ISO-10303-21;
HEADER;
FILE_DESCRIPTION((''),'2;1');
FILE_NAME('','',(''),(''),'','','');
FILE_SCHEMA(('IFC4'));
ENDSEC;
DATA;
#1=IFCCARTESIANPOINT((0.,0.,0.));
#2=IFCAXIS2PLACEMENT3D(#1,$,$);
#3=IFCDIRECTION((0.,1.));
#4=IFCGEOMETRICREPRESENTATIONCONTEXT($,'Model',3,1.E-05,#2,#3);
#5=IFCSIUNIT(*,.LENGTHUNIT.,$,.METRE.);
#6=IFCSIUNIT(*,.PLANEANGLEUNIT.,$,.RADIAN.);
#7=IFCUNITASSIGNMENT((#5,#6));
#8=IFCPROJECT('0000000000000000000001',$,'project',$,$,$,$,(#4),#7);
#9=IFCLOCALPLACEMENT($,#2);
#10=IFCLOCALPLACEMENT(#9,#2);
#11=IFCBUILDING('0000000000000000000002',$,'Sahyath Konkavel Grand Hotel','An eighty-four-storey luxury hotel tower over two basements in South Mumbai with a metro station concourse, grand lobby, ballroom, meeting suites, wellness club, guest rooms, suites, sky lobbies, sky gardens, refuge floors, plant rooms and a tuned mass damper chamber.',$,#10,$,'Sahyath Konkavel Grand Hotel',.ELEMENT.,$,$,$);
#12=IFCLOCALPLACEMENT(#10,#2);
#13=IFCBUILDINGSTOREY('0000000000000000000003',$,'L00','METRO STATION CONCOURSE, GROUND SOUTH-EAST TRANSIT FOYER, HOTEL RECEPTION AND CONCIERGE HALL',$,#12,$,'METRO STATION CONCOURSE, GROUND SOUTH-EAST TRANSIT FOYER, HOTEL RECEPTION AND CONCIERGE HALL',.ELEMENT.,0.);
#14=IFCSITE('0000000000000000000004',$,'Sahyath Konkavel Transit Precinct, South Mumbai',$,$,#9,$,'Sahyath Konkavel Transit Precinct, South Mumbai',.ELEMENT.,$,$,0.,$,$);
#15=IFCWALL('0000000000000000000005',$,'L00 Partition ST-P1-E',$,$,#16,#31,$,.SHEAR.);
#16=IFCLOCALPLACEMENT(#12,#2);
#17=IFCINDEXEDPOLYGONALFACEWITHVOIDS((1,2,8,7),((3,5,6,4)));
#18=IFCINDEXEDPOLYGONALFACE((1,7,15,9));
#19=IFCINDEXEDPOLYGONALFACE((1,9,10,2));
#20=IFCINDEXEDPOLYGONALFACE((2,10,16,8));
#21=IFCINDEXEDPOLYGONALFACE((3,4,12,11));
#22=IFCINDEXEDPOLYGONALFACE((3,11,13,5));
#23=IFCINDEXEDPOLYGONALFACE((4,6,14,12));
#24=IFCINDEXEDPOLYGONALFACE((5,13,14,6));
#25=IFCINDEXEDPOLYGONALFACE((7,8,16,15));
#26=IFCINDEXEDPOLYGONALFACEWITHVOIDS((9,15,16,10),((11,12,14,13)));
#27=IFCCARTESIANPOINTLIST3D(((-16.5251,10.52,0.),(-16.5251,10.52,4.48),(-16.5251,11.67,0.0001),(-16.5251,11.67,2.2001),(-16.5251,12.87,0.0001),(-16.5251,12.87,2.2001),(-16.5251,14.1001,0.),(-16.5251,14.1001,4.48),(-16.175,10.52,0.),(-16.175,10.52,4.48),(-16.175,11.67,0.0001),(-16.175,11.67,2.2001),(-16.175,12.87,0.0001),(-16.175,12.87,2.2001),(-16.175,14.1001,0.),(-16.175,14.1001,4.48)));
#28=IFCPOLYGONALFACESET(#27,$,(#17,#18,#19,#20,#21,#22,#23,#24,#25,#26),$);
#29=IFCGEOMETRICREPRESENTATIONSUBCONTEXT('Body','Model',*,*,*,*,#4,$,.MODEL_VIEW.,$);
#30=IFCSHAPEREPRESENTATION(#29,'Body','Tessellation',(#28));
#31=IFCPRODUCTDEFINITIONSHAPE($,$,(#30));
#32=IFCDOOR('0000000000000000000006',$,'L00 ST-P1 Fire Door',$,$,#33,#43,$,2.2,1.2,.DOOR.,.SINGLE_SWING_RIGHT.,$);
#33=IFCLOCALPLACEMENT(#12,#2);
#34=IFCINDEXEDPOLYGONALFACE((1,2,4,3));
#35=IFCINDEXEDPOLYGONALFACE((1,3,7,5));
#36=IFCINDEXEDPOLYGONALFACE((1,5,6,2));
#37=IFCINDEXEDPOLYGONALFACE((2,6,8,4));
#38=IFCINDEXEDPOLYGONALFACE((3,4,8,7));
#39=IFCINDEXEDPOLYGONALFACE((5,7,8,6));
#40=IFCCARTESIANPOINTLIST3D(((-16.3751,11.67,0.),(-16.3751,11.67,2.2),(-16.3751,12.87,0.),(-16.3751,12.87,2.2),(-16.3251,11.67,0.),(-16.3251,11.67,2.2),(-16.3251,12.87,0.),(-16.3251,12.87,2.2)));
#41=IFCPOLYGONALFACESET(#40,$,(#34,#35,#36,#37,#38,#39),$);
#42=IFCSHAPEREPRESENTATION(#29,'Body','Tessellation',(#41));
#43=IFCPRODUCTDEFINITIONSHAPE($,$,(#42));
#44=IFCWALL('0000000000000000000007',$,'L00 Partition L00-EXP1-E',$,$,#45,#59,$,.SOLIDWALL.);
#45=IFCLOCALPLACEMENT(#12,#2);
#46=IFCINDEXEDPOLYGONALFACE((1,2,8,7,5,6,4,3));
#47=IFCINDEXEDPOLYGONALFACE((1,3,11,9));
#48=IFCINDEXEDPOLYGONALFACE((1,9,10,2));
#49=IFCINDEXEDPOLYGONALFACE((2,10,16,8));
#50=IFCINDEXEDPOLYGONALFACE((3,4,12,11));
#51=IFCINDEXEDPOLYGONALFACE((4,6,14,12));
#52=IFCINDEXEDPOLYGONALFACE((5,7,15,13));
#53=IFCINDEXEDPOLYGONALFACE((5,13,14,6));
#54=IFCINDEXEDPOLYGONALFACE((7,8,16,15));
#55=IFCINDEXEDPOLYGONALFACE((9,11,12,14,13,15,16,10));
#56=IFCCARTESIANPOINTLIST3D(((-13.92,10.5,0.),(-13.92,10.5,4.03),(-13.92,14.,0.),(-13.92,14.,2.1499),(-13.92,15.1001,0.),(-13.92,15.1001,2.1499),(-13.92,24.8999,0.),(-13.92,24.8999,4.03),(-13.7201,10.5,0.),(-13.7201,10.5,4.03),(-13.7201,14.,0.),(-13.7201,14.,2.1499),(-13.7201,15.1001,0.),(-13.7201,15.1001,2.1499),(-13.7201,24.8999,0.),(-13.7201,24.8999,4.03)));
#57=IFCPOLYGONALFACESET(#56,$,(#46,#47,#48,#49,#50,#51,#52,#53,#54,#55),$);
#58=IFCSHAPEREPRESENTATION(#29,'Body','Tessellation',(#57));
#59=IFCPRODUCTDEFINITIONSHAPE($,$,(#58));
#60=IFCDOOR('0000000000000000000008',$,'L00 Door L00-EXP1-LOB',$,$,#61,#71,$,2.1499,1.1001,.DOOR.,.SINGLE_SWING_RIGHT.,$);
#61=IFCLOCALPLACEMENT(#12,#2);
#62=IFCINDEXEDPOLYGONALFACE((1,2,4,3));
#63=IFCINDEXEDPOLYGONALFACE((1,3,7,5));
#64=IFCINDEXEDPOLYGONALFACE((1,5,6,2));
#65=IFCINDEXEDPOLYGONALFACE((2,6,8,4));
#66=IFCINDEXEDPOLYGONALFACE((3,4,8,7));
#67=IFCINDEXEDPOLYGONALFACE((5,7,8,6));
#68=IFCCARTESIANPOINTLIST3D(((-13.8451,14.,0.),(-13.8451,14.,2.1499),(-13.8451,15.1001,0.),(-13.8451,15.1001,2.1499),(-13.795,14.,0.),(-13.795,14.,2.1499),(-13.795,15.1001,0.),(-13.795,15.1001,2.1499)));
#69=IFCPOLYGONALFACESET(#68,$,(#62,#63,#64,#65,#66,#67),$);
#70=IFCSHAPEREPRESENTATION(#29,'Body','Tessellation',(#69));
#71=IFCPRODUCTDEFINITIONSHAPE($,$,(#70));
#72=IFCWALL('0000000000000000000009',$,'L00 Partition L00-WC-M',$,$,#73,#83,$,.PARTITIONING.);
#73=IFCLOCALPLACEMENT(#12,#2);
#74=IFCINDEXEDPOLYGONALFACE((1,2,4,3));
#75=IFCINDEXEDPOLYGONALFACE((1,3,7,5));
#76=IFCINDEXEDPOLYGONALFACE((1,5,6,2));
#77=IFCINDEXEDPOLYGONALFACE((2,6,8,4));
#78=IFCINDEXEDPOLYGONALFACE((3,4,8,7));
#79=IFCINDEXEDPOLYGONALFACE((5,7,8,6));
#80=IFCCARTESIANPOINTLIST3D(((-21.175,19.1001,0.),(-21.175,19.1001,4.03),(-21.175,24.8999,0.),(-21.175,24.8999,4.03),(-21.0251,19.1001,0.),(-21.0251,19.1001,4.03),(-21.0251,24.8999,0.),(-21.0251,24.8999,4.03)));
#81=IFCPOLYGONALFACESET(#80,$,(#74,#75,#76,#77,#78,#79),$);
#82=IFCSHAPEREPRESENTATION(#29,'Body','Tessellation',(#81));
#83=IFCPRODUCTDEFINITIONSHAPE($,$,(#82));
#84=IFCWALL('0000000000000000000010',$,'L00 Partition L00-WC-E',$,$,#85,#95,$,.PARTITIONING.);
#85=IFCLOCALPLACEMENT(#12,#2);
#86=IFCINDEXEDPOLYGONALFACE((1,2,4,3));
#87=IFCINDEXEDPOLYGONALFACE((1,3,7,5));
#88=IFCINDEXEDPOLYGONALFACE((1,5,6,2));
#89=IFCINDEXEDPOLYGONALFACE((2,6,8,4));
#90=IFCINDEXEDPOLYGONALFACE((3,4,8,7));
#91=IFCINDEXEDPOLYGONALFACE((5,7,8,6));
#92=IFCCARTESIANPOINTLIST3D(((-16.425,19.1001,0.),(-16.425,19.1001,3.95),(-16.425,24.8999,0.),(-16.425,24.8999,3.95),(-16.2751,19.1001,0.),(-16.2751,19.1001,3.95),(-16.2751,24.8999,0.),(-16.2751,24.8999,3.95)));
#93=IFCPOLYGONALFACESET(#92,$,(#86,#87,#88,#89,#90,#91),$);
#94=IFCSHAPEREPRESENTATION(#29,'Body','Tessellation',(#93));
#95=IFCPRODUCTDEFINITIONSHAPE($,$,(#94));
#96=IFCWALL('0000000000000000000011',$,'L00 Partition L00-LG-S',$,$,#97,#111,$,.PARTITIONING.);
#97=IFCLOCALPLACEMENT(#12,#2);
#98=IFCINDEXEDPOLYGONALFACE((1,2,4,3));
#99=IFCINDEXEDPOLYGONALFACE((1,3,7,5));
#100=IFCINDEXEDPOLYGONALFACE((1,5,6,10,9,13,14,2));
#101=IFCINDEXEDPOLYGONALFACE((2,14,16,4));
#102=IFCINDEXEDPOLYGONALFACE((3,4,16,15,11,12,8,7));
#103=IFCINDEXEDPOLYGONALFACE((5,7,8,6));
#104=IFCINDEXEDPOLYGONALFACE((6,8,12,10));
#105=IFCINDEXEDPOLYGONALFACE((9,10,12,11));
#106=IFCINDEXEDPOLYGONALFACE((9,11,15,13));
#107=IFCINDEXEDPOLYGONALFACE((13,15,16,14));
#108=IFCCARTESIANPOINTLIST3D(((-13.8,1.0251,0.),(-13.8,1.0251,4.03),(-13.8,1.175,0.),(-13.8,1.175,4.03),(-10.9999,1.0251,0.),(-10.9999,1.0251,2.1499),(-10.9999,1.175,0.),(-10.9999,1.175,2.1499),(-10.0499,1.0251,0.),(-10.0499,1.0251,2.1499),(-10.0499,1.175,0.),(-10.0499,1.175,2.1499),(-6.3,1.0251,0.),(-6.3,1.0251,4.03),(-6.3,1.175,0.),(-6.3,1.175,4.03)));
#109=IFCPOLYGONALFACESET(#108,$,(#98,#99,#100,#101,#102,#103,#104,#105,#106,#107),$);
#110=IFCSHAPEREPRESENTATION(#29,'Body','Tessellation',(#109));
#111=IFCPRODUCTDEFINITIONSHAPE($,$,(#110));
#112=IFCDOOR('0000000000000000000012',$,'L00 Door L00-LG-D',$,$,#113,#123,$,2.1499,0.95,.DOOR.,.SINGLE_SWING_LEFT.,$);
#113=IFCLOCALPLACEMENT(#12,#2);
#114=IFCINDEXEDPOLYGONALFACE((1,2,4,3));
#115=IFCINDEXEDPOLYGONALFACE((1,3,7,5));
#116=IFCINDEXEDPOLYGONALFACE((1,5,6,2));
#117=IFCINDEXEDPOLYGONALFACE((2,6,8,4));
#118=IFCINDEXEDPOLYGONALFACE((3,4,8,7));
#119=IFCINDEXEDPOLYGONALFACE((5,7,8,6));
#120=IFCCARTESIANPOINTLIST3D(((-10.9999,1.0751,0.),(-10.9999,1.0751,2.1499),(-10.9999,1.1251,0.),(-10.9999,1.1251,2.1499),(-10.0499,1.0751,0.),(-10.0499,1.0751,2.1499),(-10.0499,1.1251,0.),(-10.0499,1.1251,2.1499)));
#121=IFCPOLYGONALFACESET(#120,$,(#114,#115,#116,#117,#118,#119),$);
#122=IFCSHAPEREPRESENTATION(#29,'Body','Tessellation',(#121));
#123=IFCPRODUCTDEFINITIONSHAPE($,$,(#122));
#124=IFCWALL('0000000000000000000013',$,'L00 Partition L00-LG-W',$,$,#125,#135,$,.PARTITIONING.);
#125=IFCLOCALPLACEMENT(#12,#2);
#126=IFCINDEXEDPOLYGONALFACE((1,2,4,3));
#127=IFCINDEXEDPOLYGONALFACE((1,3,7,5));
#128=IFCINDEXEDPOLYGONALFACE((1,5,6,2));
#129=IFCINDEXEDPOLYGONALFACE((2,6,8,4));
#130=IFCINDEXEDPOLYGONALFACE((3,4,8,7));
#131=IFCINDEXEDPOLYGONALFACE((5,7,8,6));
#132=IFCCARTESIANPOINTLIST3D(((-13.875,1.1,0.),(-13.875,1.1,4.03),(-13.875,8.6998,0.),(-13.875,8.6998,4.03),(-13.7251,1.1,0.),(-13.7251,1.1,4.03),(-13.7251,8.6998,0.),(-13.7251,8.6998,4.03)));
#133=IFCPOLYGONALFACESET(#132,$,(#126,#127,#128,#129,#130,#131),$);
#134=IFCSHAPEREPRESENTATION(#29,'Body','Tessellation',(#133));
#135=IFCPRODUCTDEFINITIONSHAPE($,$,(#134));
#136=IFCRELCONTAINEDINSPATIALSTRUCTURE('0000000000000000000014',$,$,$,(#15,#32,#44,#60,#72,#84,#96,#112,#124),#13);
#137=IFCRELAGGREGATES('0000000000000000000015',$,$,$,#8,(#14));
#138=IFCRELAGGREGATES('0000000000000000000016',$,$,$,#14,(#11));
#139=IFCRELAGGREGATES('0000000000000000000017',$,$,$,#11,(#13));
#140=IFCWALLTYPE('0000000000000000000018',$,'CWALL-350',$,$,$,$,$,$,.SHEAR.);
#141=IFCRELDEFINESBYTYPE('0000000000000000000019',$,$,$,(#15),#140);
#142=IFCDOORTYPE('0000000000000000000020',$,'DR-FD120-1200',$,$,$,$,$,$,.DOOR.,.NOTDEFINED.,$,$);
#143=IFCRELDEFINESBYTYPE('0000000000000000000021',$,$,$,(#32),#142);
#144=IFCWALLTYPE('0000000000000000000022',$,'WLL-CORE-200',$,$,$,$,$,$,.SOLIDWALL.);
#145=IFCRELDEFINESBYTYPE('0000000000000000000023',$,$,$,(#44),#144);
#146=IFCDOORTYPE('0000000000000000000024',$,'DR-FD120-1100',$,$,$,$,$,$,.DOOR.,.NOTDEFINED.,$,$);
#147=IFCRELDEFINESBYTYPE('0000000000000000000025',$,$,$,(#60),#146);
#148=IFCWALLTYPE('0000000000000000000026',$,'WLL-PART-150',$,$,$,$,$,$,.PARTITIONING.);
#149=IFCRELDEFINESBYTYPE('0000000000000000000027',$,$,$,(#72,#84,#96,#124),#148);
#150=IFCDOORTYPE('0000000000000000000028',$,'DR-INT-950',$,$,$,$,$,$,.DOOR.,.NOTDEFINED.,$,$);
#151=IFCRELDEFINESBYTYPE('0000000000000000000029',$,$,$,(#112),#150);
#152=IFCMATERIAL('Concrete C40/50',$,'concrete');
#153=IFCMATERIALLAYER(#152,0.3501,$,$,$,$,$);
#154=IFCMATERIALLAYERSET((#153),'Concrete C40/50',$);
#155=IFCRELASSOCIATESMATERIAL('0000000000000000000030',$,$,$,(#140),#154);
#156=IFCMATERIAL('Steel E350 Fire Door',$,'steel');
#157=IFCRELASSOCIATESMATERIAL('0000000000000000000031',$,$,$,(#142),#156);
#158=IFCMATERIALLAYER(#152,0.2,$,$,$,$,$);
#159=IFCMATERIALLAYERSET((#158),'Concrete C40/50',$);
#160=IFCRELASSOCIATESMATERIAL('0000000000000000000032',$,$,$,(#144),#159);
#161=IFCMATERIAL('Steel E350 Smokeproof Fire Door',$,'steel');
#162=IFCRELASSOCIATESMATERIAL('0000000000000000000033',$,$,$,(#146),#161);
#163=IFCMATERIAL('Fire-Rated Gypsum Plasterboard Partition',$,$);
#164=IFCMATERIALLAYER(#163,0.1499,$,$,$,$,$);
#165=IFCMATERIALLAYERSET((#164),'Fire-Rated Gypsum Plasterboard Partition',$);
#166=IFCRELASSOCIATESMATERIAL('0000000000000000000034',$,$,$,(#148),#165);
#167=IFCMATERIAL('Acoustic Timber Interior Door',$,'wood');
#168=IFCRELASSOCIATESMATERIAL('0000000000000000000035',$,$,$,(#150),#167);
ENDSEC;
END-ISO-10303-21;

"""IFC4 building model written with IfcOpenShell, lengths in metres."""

from ifc_helpers import new_model, si_unit, direction, frame, frame_2d, origin, origin_2d, place, context, subcontext, project, spatial, rectangle, extrude, source, transform, mapped, material, layer, layer_set, type_object, element, fill, save


model = new_model("IFC4")

# Units and contexts
model_context = context("Model", 3, precision=1e-05, world=origin(), true_north=direction((0.0, 1.0)))
body_context = subcontext(model_context, "Body", "Model", "MODEL_VIEW")
ifc_project = project(units=[si_unit("LENGTHUNIT", "METRE"), si_unit("PLANEANGLEUNIT", "RADIAN")], contexts=[model_context])

# Site, building, storey
site_placement = place(None, origin())
site = spatial("IfcSite", under=ifc_project, at=site_placement, Name="Sahyath Konkavel Transit Precinct, South Mumbai", LongName="Sahyath Konkavel Transit Precinct, South Mumbai", CompositionType="ELEMENT", RefElevation=0.0)
building_placement = place(site_placement, origin())
building = spatial("IfcBuilding", under=site, at=building_placement, Name="Sahyath Konkavel Grand Hotel", Description="An eighty-four-storey luxury hotel tower over two basements in South Mumbai with a metro station concourse, grand lobby, ballroom, meeting suites, wellness club, guest rooms, suites, sky lobbies, sky gardens, refuge floors, plant rooms and a tuned mass damper chamber.", LongName="Sahyath Konkavel Grand Hotel", CompositionType="ELEMENT")
storey_placement = place(building_placement, origin())
storey = spatial("IfcBuildingStorey", under=building, at=storey_placement, Name="L00", Description="METRO STATION CONCOURSE, GROUND SOUTH-EAST TRANSIT FOYER, HOTEL RECEPTION AND CONCIERGE HALL", LongName="METRO STATION CONCOURSE, GROUND SOUTH-EAST TRANSIT FOYER, HOTEL RECEPTION AND CONCIERGE HALL", CompositionType="ELEMENT", Elevation=0.0)

# Walls, openings, doors
ifc_material_1 = material(Name="Concrete C40/50", Category="concrete")
ifc_layer_1 = layer(ifc_material_1, 0.3501)
ifc_layer_set_1 = layer_set([ifc_layer_1], Name="Concrete C40/50")
wall_type_1 = type_object("IfcWallType", Name="CWALL-350", PredefinedType="SHEAR", material=ifc_layer_set_1)
wall_1_placement = place(storey_placement, frame((-16.3501, 10.52, 0.0), z_axis=(0.0, 0.0, 1.0), x_axis=(0.0, 1.0, 0.0)))
wall_1 = element("IfcWall", 1, at=wall_1_placement, inside=storey, type_object=wall_type_1, Name="L00 Partition ST-P1-E", PredefinedType="SHEAR", context=body_context, shape_type="SweptSolid", body=[
    extrude(rectangle(XDim=3.5801, YDim=0.3501, at=frame_2d((1.79, 0.0))), origin(), (0.0, 0.0, 1.0), 4.48),
])
opening_1_placement = place(wall_1_placement, frame((1.1499, 0.0, 0.0)))
opening_1 = element("IfcOpeningElement", 2, at=opening_1_placement, cuts=wall_1, PredefinedType="OPENING", context=body_context, shape_type="SweptSolid", body=[
    extrude(rectangle(XDim=1.2, YDim=2.2, at=frame_2d((0.6001, 1.1001))), frame((0.0, 0.1851, 0.0), z_axis=(0.0, -1.0, 0.0), x_axis=(1.0, 0.0, 0.0)), (0.0, 0.0, 1.0), 0.3701),
])
ifc_material_2 = material(Name="Steel E350 Fire Door", Category="steel")
door_type_1 = type_object("IfcDoorType", Name="DR-FD120-1200", OperationType="NOTDEFINED", PredefinedType="DOOR", material=ifc_material_2)
shared_shape_1 = source(origin(), body_context, "Body", "SweptSolid", [
    extrude(rectangle(XDim=1.2, YDim=0.05, at=origin_2d()), origin(), (0.0, 0.0, 1.0), 2.2),
])
door_1_placement = place(opening_1_placement, frame((0.6001, 0.0, 0.0)))
door_1 = element("IfcDoor", 3, at=door_1_placement, inside=storey, type_object=door_type_1, Name="L00 ST-P1 Fire Door", OperationType="SINGLE_SWING_RIGHT", OverallHeight=2.2, OverallWidth=1.2, PredefinedType="DOOR", context=body_context, shape_type="MappedRepresentation", body=[
    mapped(shared_shape_1, transform((0.0, 0.0, 0.0), scale=1.0)),
])
fill(opening_1, door_1)
ifc_layer_2 = layer(ifc_material_1, 0.2)
ifc_layer_set_2 = layer_set([ifc_layer_2], Name="Concrete C40/50")
wall_type_2 = type_object("IfcWallType", Name="WLL-CORE-200", PredefinedType="SOLIDWALL", material=ifc_layer_set_2)
wall_2_placement = place(storey_placement, frame((-13.8201, 10.5, 0.0), z_axis=(0.0, 0.0, 1.0), x_axis=(0.0, 1.0, 0.0)))
wall_2 = element("IfcWall", 4, at=wall_2_placement, inside=storey, type_object=wall_type_2, Name="L00 Partition L00-EXP1-E", PredefinedType="SOLIDWALL", context=body_context, shape_type="SweptSolid", body=[
    extrude(rectangle(XDim=14.3999, YDim=0.2, at=frame_2d((7.2, 0.0))), origin(), (0.0, 0.0, 1.0), 4.03),
])
opening_2_placement = place(wall_2_placement, frame((3.5, 0.0, 0.0)))
opening_2 = element("IfcOpeningElement", 5, at=opening_2_placement, cuts=wall_2, PredefinedType="OPENING", context=body_context, shape_type="SweptSolid", body=[
    extrude(rectangle(XDim=1.1001, YDim=2.1499, at=frame_2d((0.55, 1.075))), frame((0.0, 0.1099, 0.0), z_axis=(0.0, -1.0, 0.0), x_axis=(1.0, 0.0, 0.0)), (0.0, 0.0, 1.0), 0.22),
])
ifc_material_3 = material(Name="Steel E350 Smokeproof Fire Door", Category="steel")
door_type_2 = type_object("IfcDoorType", Name="DR-FD120-1100", OperationType="NOTDEFINED", PredefinedType="DOOR", material=ifc_material_3)
shared_shape_2 = source(origin(), body_context, "Body", "SweptSolid", [
    extrude(rectangle(XDim=1.1001, YDim=0.05, at=origin_2d()), origin(), (0.0, 0.0, 1.0), 2.1499),
])
door_2_placement = place(opening_2_placement, frame((0.55, 0.0, 0.0)))
door_2 = element("IfcDoor", 6, at=door_2_placement, inside=storey, type_object=door_type_2, Name="L00 Door L00-EXP1-LOB", OperationType="SINGLE_SWING_RIGHT", OverallHeight=2.1499, OverallWidth=1.1001, PredefinedType="DOOR", context=body_context, shape_type="MappedRepresentation", body=[
    mapped(shared_shape_2, transform((0.0, 0.0, 0.0), scale=1.0)),
])
fill(opening_2, door_2)

# Walls
ifc_material_4 = material(Name="Fire-Rated Gypsum Plasterboard Partition")
ifc_layer_3 = layer(ifc_material_4, 0.1499)
ifc_layer_set_3 = layer_set([ifc_layer_3], Name="Fire-Rated Gypsum Plasterboard Partition")
wall_type_3 = type_object("IfcWallType", Name="WLL-PART-150", PredefinedType="PARTITIONING", material=ifc_layer_set_3)
wall_3_placement = place(storey_placement, frame((-21.1001, 19.1001, 0.0), z_axis=(0.0, 0.0, 1.0), x_axis=(0.0, 1.0, 0.0)))
element("IfcWall", 7, at=wall_3_placement, inside=storey, type_object=wall_type_3, Name="L00 Partition L00-WC-M", PredefinedType="PARTITIONING", context=body_context, shape_type="SweptSolid", body=[
    extrude(rectangle(XDim=5.7998, YDim=0.1499, at=frame_2d((2.8999, 0.0))), origin(), (0.0, 0.0, 1.0), 4.03),
])
wall_4_placement = place(storey_placement, frame((-16.3501, 19.1001, 0.0), z_axis=(0.0, 0.0, 1.0), x_axis=(0.0, 1.0, 0.0)))
element("IfcWall", 8, at=wall_4_placement, inside=storey, type_object=wall_type_3, Name="L00 Partition L00-WC-E", PredefinedType="PARTITIONING", context=body_context, shape_type="SweptSolid", body=[
    extrude(rectangle(XDim=5.7998, YDim=0.1499, at=frame_2d((2.8999, 0.0))), origin(), (0.0, 0.0, 1.0), 3.95),
])

# Wall, opening, door
wall_5_placement = place(storey_placement, frame((-13.8, 1.1001, 0.0), z_axis=(0.0, 0.0, 1.0), x_axis=(1.0, 0.0, 0.0)))
wall_5 = element("IfcWall", 9, at=wall_5_placement, inside=storey, type_object=wall_type_3, Name="L00 Partition L00-LG-S", PredefinedType="PARTITIONING", context=body_context, shape_type="SweptSolid", body=[
    extrude(rectangle(XDim=7.5, YDim=0.1499, at=frame_2d((3.75, 0.0))), origin(), (0.0, 0.0, 1.0), 4.03),
])
opening_3_placement = place(wall_5_placement, frame((2.8, 0.0, 0.0)))
opening_3 = element("IfcOpeningElement", 10, at=opening_3_placement, cuts=wall_5, PredefinedType="OPENING", context=body_context, shape_type="SweptSolid", body=[
    extrude(rectangle(XDim=0.95, YDim=2.1499, at=frame_2d((0.4751, 1.075))), frame((0.0, 0.085, 0.0), z_axis=(0.0, -1.0, 0.0), x_axis=(1.0, 0.0, 0.0)), (0.0, 0.0, 1.0), 0.1699),
])
ifc_material_5 = material(Name="Acoustic Timber Interior Door", Category="wood")
door_type_3 = type_object("IfcDoorType", Name="DR-INT-950", OperationType="NOTDEFINED", PredefinedType="DOOR", material=ifc_material_5)
shared_shape_3 = source(origin(), body_context, "Body", "SweptSolid", [
    extrude(rectangle(XDim=0.95, YDim=0.05, at=origin_2d()), origin(), (0.0, 0.0, 1.0), 2.1499),
])
door_3_placement = place(opening_3_placement, frame((0.4751, 0.0, 0.0)))
door_3 = element("IfcDoor", 11, at=door_3_placement, inside=storey, type_object=door_type_3, Name="L00 Door L00-LG-D", OperationType="SINGLE_SWING_LEFT", OverallHeight=2.1499, OverallWidth=0.95, PredefinedType="DOOR", context=body_context, shape_type="MappedRepresentation", body=[
    mapped(shared_shape_3, transform((0.0, 0.0, 0.0), scale=1.0)),
])
fill(opening_3, door_3)

# Wall
wall_6_placement = place(storey_placement, frame((-13.8, 1.1001, 0.0), z_axis=(0.0, 0.0, 1.0), x_axis=(0.0, 1.0, 0.0)))
element("IfcWall", 12, at=wall_6_placement, inside=storey, type_object=wall_type_3, Name="L00 Partition L00-LG-W", PredefinedType="PARTITIONING", context=body_context, shape_type="SweptSolid", body=[
    extrude(rectangle(XDim=7.5999, YDim=0.1499, at=frame_2d((3.7998, 0.0))), origin(), (0.0, 0.0, 1.0), 4.03),
])

save(model, "model.ifc")
